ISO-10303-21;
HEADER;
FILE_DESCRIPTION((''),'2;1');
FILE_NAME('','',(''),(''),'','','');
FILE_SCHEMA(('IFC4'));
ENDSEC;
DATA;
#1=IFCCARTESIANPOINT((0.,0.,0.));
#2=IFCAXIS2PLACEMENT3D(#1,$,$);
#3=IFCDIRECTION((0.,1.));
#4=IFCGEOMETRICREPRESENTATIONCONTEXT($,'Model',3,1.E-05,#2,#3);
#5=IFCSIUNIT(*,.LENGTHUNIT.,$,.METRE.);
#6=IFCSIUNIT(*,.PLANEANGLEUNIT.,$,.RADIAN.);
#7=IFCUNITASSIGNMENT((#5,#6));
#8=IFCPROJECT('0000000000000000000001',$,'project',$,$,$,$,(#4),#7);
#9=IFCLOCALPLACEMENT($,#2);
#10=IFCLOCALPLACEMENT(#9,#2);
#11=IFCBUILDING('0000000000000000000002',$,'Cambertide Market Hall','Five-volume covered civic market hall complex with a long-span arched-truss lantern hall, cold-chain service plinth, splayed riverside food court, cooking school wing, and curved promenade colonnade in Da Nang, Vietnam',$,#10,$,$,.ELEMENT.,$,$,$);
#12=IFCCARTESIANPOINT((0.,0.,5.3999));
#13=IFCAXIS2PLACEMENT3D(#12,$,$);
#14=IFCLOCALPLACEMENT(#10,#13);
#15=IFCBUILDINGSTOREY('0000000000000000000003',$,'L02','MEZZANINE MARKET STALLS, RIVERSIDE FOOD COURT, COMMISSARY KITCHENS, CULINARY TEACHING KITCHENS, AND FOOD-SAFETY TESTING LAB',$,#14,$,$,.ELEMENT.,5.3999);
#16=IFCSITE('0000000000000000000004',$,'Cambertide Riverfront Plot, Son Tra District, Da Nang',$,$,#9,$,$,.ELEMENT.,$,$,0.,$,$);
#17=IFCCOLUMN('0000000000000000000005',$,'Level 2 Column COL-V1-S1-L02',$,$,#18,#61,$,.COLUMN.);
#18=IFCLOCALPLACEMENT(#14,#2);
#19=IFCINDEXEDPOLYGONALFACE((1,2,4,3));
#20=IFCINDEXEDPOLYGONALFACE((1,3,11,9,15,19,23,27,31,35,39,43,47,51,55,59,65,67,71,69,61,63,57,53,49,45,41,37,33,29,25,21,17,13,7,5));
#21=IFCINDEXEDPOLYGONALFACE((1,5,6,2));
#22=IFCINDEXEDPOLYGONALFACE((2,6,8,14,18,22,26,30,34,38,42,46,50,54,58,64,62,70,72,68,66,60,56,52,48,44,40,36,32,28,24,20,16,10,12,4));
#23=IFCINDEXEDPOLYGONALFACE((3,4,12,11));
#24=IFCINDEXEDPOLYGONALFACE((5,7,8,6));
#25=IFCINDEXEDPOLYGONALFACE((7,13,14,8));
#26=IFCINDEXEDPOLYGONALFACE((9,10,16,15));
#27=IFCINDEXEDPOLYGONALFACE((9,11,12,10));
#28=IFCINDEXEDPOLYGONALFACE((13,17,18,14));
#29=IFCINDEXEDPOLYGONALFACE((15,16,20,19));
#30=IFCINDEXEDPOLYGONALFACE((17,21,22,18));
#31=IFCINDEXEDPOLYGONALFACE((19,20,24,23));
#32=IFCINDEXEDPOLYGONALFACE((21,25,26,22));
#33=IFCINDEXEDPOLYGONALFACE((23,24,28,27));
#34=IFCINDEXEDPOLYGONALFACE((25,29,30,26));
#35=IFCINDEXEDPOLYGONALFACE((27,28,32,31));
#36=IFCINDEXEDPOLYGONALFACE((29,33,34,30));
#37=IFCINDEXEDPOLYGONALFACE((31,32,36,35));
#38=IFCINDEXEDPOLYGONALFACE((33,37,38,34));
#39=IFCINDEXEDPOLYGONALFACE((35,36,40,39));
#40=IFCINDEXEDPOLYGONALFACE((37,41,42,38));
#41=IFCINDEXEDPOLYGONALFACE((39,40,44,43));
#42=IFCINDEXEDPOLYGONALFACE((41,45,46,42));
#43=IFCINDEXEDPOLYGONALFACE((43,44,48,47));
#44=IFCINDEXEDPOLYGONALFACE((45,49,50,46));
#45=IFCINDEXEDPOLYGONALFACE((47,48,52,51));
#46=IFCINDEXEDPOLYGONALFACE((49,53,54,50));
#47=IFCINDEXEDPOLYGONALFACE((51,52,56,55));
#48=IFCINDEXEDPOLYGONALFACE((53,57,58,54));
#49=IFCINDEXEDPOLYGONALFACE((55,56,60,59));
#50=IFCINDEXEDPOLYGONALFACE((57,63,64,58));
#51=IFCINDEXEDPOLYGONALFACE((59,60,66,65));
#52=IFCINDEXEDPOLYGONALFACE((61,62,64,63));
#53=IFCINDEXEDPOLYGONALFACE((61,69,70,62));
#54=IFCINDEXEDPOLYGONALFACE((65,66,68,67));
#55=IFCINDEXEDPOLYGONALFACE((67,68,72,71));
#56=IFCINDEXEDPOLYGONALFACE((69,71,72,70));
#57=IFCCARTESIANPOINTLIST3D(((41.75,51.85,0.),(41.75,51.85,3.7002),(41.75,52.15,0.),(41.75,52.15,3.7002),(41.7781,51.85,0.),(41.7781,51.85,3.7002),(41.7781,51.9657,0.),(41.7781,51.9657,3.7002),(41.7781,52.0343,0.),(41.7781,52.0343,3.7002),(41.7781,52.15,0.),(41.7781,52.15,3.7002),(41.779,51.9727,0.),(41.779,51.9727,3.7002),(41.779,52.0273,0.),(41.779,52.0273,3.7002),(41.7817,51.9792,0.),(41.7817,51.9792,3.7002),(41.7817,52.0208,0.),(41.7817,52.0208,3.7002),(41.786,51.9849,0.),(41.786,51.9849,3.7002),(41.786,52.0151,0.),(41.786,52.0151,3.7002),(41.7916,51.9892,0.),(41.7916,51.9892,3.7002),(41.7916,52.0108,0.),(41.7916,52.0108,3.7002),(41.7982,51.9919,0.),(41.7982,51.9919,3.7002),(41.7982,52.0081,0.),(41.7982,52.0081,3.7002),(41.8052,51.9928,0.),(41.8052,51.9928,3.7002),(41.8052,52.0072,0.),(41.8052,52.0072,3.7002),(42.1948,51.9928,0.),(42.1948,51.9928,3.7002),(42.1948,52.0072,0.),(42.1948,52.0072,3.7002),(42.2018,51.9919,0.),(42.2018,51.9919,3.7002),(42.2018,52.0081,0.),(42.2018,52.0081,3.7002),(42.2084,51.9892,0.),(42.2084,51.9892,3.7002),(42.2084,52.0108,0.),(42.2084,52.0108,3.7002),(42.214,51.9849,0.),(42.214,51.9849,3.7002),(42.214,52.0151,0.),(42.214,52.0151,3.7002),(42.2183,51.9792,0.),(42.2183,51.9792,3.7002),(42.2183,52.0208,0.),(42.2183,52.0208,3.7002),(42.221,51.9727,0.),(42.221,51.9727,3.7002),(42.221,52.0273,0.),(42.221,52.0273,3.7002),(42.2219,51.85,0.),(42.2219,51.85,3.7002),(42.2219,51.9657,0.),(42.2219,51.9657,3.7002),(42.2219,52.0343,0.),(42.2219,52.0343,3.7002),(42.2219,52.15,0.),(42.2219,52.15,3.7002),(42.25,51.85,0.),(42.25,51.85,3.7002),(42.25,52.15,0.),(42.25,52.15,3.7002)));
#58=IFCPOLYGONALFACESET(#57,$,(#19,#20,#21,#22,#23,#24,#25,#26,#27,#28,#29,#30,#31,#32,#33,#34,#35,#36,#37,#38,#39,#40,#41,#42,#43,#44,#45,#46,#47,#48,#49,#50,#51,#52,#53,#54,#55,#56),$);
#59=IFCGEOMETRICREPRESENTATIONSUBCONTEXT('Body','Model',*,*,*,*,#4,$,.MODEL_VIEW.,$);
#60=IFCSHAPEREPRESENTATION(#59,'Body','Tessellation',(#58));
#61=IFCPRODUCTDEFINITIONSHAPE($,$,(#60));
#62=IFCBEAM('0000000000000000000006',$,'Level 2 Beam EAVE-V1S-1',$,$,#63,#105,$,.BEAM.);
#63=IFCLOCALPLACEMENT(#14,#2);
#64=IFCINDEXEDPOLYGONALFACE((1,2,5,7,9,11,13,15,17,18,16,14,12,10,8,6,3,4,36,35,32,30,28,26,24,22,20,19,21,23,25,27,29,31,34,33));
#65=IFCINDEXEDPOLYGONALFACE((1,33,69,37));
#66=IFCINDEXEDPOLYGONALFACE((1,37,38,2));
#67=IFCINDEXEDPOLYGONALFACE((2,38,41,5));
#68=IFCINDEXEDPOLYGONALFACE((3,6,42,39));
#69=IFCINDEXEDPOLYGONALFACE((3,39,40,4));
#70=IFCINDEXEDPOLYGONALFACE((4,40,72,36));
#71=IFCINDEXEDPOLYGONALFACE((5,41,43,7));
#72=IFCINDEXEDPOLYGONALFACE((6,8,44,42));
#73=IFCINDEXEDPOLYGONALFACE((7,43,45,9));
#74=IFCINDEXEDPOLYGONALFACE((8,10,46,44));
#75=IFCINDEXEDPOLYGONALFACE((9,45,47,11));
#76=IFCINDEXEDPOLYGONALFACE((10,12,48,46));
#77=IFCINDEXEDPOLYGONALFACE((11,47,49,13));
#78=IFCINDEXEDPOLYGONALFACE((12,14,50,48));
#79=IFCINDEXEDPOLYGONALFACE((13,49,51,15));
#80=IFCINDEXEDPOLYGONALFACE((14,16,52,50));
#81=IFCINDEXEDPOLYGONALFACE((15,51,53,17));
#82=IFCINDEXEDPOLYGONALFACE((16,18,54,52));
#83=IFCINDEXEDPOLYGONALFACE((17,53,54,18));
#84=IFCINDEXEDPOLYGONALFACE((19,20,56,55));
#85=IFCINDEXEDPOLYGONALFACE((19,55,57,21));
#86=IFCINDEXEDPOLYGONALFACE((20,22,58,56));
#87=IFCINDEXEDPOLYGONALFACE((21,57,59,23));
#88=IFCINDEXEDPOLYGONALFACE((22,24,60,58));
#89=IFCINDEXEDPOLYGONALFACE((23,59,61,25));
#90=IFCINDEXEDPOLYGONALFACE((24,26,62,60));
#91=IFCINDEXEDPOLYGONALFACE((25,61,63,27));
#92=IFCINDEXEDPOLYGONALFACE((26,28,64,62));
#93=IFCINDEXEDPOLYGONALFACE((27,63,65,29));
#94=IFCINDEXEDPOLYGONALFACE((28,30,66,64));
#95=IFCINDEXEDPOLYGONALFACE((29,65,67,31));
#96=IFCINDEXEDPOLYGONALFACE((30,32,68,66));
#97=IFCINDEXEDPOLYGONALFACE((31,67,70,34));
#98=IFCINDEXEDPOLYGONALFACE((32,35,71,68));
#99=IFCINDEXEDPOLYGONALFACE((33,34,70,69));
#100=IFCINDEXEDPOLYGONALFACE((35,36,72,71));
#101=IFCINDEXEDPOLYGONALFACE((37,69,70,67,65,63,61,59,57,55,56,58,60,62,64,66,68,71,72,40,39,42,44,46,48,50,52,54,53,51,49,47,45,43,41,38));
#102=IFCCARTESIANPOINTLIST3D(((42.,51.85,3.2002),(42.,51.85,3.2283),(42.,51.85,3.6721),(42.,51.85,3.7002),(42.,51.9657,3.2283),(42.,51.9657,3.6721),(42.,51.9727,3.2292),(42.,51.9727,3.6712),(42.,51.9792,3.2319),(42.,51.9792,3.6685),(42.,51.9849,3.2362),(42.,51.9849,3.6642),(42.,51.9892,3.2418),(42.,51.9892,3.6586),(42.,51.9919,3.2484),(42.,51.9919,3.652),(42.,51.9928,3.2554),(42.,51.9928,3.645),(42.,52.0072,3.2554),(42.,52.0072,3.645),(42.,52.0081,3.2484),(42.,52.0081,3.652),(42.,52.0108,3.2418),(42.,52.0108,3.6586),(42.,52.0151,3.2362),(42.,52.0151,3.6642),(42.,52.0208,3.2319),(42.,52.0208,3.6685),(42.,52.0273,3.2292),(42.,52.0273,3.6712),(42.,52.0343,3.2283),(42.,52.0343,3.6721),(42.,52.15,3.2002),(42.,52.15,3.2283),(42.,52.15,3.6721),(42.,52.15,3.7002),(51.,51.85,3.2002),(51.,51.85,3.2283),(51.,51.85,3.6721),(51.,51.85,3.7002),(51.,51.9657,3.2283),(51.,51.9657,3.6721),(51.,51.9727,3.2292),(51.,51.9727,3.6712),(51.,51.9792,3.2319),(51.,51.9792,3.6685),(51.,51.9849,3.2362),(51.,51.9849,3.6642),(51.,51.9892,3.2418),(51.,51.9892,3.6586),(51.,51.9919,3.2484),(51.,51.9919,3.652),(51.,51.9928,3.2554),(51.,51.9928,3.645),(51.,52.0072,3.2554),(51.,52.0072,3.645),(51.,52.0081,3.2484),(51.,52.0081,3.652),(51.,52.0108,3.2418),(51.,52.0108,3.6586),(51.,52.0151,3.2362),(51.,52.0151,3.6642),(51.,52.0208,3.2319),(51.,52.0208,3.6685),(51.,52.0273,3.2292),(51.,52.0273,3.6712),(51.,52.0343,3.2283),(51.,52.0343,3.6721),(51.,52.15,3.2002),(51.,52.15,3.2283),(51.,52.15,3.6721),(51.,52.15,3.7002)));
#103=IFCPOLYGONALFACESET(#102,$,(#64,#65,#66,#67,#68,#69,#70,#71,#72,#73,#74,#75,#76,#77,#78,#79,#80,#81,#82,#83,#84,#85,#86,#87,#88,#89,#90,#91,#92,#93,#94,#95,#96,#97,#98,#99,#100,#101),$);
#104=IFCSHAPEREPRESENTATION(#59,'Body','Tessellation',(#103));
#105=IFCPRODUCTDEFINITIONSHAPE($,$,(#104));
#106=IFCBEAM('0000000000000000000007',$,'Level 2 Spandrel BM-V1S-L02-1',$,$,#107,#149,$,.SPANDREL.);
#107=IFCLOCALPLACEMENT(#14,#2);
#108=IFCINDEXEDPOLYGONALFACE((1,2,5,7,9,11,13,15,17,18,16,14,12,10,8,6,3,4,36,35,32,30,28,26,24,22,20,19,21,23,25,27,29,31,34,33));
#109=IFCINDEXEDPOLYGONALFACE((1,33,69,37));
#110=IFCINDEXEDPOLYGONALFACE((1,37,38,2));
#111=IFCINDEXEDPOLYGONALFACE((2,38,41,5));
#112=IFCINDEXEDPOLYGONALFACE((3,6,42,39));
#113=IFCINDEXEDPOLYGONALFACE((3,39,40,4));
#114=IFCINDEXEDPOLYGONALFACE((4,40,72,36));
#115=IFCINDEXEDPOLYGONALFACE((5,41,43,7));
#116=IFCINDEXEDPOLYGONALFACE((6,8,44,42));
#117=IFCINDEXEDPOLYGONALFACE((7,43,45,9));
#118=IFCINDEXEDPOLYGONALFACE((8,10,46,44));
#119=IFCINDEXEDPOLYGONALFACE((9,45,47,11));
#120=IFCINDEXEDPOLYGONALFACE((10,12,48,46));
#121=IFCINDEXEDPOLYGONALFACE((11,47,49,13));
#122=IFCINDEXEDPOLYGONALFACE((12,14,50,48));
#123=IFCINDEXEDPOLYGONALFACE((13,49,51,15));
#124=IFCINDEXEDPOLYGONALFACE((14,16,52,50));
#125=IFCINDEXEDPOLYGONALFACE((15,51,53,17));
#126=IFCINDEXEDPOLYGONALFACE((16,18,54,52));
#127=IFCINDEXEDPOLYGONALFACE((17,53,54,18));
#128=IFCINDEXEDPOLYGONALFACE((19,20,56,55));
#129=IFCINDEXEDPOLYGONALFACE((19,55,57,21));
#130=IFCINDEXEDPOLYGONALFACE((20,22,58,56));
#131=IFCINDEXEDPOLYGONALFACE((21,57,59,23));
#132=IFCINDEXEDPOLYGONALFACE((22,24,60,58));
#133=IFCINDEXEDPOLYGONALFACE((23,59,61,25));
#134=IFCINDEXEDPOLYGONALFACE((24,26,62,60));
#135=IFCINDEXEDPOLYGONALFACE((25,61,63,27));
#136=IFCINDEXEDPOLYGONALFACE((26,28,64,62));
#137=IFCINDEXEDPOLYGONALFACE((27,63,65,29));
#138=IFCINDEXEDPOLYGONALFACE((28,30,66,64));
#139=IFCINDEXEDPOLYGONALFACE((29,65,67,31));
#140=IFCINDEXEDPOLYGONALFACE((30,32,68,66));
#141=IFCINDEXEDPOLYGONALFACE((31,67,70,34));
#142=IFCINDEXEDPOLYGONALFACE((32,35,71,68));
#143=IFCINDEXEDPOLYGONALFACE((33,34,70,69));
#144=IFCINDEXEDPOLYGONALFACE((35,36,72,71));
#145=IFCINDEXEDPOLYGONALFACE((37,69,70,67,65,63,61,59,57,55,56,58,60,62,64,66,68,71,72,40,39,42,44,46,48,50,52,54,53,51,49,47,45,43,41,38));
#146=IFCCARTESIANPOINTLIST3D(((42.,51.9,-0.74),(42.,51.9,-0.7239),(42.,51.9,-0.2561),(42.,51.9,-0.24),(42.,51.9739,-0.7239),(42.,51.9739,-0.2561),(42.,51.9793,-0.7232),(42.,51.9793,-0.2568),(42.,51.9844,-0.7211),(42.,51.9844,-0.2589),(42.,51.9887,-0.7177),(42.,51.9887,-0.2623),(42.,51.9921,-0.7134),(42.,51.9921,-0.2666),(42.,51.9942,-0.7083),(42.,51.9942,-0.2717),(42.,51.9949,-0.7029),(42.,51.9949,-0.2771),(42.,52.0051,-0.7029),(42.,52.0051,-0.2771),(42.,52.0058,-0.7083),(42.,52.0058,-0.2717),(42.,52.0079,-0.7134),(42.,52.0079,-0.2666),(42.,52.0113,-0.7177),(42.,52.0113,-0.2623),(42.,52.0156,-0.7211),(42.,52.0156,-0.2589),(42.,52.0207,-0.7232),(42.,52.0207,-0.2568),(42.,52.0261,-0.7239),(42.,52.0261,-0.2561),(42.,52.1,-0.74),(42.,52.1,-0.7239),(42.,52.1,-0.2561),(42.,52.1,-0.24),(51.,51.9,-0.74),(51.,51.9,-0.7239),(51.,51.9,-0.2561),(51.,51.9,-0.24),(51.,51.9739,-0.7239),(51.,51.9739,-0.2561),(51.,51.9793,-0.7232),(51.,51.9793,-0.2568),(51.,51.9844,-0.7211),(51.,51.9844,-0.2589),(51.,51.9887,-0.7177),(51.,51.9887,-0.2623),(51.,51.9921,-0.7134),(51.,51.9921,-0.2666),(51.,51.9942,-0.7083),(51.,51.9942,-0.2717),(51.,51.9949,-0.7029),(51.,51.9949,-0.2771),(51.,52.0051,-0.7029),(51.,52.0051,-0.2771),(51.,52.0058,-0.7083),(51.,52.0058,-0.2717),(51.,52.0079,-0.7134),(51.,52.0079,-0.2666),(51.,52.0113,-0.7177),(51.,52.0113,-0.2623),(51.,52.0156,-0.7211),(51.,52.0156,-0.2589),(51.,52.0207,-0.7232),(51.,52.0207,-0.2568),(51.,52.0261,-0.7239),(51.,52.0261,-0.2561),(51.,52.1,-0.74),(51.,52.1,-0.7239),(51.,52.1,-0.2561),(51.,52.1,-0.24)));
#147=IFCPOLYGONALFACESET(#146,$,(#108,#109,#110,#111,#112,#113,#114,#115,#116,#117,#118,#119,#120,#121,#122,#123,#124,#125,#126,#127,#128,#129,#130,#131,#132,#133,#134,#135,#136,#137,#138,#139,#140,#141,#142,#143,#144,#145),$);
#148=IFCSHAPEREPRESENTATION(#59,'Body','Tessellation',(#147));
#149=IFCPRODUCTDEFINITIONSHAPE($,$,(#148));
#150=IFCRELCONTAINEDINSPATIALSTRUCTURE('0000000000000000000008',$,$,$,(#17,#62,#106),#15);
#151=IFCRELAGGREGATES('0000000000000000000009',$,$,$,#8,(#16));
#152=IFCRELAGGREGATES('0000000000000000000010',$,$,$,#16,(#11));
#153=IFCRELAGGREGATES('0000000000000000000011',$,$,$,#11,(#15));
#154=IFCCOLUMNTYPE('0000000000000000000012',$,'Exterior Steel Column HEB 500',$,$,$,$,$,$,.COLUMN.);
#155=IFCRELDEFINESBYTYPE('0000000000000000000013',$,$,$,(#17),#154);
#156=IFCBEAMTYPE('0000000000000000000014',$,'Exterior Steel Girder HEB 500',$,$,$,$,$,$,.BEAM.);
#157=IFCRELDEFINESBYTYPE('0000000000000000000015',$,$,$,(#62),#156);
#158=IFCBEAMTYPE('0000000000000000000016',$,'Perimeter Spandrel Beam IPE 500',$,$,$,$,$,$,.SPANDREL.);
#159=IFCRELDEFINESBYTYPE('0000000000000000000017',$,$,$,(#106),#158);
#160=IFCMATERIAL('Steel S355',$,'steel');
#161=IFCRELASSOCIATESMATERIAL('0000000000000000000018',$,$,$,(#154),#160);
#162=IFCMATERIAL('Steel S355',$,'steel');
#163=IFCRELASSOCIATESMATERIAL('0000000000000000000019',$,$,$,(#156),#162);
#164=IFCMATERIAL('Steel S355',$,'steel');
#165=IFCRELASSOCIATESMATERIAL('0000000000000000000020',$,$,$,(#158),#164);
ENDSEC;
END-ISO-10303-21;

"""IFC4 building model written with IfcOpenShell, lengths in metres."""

from ifc_helpers import new_model, si_unit, direction, frame, origin, origin_2d, place, context, subcontext, project, spatial, i_section, extrude, material, material_profile, profile_set, type_object, element, save


model = new_model("IFC4")

# Units and contexts
model_context = context("Model", 3, precision=1e-05, world=origin(), true_north=direction((0.0, 1.0)))
body_context = subcontext(model_context, "Body", "Model", "MODEL_VIEW")
ifc_project = project(units=[si_unit("LENGTHUNIT", "METRE"), si_unit("PLANEANGLEUNIT", "RADIAN")], contexts=[model_context])

# Site, building, storey
site_placement = place(None, origin())
site = spatial("IfcSite", under=ifc_project, at=site_placement, Name="Cambertide Riverfront Plot, Son Tra District, Da Nang", CompositionType="ELEMENT", RefElevation=0.0)
building_placement = place(site_placement, origin())
building = spatial("IfcBuilding", under=site, at=building_placement, Name="Cambertide Market Hall", Description="Five-volume covered civic market hall complex with a long-span arched-truss lantern hall, cold-chain service plinth, splayed riverside food court, cooking school wing, and curved promenade colonnade in Da Nang, Vietnam", CompositionType="ELEMENT")
storey_placement = place(building_placement, frame((0.0, 0.0, 5.3999)))
storey = spatial("IfcBuildingStorey", under=building, at=storey_placement, Name="L02", Description="MEZZANINE MARKET STALLS, RIVERSIDE FOOD COURT, COMMISSARY KITCHENS, CULINARY TEACHING KITCHENS, AND FOOD-SAFETY TESTING LAB", CompositionType="ELEMENT", Elevation=5.3999)

# Column
ifc_material_1 = material(Name="Steel S355", Category="steel")
ifc_material_profile_1 = material_profile(ifc_material_1, i_section(OverallWidth=0.3, OverallDepth=0.5, WebThickness=0.0144, FlangeThickness=0.0281, FilletRadius=0.0271, at=origin_2d()), Name="HEB 500")
ifc_profile_set_1 = profile_set([ifc_material_profile_1], Name="Steel S355")
column_type = type_object("IfcColumnType", Name="Exterior Steel Column HEB 500", PredefinedType="COLUMN", material=ifc_profile_set_1)
column_placement = place(storey_placement, frame((42.0, 52.0, 0.0), z_axis=(0.0, 0.0, 1.0), x_axis=(0.0, 1.0, 0.0)))
element("IfcColumn", 1, at=column_placement, inside=storey, type_object=column_type, Name="Level 2 Column COL-V1-S1-L02", PredefinedType="COLUMN", context=body_context, shape_type="SweptSolid", body=[
    extrude(i_section(OverallWidth=0.3, OverallDepth=0.5, WebThickness=0.0144, FlangeThickness=0.0281, FilletRadius=0.0271, at=origin_2d()), origin(), (0.0, 0.0, 1.0), 3.7002),
])

# Beams
ifc_material_2 = material(Name="Steel S355", Category="steel")
ifc_material_profile_2 = material_profile(ifc_material_2, i_section(OverallWidth=0.3, OverallDepth=0.5, WebThickness=0.0144, FlangeThickness=0.0281, FilletRadius=0.0271, at=origin_2d()), Name="HEB 500")
ifc_profile_set_2 = profile_set([ifc_material_profile_2], Name="Steel S355")
beam_type_1 = type_object("IfcBeamType", Name="Exterior Steel Girder HEB 500", PredefinedType="BEAM", material=ifc_profile_set_2)
beam_1_placement = place(storey_placement, frame((42.0, 52.0, 3.4502), z_axis=(1.0, 0.0, 0.0), x_axis=(0.0, 1.0, 0.0)))
element("IfcBeam", 2, at=beam_1_placement, inside=storey, type_object=beam_type_1, Name="Level 2 Beam EAVE-V1S-1", PredefinedType="BEAM", context=body_context, shape_type="SweptSolid", body=[
    extrude(i_section(OverallWidth=0.3, OverallDepth=0.5, WebThickness=0.0144, FlangeThickness=0.0281, FilletRadius=0.0271, at=origin_2d()), origin(), (0.0, 0.0, 1.0), 9.0),
])
ifc_material_3 = material(Name="Steel S355", Category="steel")
ifc_material_profile_3 = material_profile(ifc_material_3, i_section(OverallWidth=0.2, OverallDepth=0.5, WebThickness=0.0103, FlangeThickness=0.0161, FilletRadius=0.021, at=origin_2d()), Name="IPE 500")
ifc_profile_set_3 = profile_set([ifc_material_profile_3], Name="Steel S355")
beam_type_2 = type_object("IfcBeamType", Name="Perimeter Spandrel Beam IPE 500", PredefinedType="SPANDREL", material=ifc_profile_set_3)
beam_2_placement = place(storey_placement, frame((42.0, 52.0, -0.49), z_axis=(1.0, 0.0, 0.0), x_axis=(0.0, 1.0, 0.0)))
element("IfcBeam", 3, at=beam_2_placement, inside=storey, type_object=beam_type_2, Name="Level 2 Spandrel BM-V1S-L02-1", PredefinedType="SPANDREL", context=body_context, shape_type="SweptSolid", body=[
    extrude(i_section(OverallWidth=0.2, OverallDepth=0.5, WebThickness=0.0103, FlangeThickness=0.0161, FilletRadius=0.021, at=origin_2d()), origin(), (0.0, 0.0, 1.0), 9.0),
])

save(model, "model.ifc")
